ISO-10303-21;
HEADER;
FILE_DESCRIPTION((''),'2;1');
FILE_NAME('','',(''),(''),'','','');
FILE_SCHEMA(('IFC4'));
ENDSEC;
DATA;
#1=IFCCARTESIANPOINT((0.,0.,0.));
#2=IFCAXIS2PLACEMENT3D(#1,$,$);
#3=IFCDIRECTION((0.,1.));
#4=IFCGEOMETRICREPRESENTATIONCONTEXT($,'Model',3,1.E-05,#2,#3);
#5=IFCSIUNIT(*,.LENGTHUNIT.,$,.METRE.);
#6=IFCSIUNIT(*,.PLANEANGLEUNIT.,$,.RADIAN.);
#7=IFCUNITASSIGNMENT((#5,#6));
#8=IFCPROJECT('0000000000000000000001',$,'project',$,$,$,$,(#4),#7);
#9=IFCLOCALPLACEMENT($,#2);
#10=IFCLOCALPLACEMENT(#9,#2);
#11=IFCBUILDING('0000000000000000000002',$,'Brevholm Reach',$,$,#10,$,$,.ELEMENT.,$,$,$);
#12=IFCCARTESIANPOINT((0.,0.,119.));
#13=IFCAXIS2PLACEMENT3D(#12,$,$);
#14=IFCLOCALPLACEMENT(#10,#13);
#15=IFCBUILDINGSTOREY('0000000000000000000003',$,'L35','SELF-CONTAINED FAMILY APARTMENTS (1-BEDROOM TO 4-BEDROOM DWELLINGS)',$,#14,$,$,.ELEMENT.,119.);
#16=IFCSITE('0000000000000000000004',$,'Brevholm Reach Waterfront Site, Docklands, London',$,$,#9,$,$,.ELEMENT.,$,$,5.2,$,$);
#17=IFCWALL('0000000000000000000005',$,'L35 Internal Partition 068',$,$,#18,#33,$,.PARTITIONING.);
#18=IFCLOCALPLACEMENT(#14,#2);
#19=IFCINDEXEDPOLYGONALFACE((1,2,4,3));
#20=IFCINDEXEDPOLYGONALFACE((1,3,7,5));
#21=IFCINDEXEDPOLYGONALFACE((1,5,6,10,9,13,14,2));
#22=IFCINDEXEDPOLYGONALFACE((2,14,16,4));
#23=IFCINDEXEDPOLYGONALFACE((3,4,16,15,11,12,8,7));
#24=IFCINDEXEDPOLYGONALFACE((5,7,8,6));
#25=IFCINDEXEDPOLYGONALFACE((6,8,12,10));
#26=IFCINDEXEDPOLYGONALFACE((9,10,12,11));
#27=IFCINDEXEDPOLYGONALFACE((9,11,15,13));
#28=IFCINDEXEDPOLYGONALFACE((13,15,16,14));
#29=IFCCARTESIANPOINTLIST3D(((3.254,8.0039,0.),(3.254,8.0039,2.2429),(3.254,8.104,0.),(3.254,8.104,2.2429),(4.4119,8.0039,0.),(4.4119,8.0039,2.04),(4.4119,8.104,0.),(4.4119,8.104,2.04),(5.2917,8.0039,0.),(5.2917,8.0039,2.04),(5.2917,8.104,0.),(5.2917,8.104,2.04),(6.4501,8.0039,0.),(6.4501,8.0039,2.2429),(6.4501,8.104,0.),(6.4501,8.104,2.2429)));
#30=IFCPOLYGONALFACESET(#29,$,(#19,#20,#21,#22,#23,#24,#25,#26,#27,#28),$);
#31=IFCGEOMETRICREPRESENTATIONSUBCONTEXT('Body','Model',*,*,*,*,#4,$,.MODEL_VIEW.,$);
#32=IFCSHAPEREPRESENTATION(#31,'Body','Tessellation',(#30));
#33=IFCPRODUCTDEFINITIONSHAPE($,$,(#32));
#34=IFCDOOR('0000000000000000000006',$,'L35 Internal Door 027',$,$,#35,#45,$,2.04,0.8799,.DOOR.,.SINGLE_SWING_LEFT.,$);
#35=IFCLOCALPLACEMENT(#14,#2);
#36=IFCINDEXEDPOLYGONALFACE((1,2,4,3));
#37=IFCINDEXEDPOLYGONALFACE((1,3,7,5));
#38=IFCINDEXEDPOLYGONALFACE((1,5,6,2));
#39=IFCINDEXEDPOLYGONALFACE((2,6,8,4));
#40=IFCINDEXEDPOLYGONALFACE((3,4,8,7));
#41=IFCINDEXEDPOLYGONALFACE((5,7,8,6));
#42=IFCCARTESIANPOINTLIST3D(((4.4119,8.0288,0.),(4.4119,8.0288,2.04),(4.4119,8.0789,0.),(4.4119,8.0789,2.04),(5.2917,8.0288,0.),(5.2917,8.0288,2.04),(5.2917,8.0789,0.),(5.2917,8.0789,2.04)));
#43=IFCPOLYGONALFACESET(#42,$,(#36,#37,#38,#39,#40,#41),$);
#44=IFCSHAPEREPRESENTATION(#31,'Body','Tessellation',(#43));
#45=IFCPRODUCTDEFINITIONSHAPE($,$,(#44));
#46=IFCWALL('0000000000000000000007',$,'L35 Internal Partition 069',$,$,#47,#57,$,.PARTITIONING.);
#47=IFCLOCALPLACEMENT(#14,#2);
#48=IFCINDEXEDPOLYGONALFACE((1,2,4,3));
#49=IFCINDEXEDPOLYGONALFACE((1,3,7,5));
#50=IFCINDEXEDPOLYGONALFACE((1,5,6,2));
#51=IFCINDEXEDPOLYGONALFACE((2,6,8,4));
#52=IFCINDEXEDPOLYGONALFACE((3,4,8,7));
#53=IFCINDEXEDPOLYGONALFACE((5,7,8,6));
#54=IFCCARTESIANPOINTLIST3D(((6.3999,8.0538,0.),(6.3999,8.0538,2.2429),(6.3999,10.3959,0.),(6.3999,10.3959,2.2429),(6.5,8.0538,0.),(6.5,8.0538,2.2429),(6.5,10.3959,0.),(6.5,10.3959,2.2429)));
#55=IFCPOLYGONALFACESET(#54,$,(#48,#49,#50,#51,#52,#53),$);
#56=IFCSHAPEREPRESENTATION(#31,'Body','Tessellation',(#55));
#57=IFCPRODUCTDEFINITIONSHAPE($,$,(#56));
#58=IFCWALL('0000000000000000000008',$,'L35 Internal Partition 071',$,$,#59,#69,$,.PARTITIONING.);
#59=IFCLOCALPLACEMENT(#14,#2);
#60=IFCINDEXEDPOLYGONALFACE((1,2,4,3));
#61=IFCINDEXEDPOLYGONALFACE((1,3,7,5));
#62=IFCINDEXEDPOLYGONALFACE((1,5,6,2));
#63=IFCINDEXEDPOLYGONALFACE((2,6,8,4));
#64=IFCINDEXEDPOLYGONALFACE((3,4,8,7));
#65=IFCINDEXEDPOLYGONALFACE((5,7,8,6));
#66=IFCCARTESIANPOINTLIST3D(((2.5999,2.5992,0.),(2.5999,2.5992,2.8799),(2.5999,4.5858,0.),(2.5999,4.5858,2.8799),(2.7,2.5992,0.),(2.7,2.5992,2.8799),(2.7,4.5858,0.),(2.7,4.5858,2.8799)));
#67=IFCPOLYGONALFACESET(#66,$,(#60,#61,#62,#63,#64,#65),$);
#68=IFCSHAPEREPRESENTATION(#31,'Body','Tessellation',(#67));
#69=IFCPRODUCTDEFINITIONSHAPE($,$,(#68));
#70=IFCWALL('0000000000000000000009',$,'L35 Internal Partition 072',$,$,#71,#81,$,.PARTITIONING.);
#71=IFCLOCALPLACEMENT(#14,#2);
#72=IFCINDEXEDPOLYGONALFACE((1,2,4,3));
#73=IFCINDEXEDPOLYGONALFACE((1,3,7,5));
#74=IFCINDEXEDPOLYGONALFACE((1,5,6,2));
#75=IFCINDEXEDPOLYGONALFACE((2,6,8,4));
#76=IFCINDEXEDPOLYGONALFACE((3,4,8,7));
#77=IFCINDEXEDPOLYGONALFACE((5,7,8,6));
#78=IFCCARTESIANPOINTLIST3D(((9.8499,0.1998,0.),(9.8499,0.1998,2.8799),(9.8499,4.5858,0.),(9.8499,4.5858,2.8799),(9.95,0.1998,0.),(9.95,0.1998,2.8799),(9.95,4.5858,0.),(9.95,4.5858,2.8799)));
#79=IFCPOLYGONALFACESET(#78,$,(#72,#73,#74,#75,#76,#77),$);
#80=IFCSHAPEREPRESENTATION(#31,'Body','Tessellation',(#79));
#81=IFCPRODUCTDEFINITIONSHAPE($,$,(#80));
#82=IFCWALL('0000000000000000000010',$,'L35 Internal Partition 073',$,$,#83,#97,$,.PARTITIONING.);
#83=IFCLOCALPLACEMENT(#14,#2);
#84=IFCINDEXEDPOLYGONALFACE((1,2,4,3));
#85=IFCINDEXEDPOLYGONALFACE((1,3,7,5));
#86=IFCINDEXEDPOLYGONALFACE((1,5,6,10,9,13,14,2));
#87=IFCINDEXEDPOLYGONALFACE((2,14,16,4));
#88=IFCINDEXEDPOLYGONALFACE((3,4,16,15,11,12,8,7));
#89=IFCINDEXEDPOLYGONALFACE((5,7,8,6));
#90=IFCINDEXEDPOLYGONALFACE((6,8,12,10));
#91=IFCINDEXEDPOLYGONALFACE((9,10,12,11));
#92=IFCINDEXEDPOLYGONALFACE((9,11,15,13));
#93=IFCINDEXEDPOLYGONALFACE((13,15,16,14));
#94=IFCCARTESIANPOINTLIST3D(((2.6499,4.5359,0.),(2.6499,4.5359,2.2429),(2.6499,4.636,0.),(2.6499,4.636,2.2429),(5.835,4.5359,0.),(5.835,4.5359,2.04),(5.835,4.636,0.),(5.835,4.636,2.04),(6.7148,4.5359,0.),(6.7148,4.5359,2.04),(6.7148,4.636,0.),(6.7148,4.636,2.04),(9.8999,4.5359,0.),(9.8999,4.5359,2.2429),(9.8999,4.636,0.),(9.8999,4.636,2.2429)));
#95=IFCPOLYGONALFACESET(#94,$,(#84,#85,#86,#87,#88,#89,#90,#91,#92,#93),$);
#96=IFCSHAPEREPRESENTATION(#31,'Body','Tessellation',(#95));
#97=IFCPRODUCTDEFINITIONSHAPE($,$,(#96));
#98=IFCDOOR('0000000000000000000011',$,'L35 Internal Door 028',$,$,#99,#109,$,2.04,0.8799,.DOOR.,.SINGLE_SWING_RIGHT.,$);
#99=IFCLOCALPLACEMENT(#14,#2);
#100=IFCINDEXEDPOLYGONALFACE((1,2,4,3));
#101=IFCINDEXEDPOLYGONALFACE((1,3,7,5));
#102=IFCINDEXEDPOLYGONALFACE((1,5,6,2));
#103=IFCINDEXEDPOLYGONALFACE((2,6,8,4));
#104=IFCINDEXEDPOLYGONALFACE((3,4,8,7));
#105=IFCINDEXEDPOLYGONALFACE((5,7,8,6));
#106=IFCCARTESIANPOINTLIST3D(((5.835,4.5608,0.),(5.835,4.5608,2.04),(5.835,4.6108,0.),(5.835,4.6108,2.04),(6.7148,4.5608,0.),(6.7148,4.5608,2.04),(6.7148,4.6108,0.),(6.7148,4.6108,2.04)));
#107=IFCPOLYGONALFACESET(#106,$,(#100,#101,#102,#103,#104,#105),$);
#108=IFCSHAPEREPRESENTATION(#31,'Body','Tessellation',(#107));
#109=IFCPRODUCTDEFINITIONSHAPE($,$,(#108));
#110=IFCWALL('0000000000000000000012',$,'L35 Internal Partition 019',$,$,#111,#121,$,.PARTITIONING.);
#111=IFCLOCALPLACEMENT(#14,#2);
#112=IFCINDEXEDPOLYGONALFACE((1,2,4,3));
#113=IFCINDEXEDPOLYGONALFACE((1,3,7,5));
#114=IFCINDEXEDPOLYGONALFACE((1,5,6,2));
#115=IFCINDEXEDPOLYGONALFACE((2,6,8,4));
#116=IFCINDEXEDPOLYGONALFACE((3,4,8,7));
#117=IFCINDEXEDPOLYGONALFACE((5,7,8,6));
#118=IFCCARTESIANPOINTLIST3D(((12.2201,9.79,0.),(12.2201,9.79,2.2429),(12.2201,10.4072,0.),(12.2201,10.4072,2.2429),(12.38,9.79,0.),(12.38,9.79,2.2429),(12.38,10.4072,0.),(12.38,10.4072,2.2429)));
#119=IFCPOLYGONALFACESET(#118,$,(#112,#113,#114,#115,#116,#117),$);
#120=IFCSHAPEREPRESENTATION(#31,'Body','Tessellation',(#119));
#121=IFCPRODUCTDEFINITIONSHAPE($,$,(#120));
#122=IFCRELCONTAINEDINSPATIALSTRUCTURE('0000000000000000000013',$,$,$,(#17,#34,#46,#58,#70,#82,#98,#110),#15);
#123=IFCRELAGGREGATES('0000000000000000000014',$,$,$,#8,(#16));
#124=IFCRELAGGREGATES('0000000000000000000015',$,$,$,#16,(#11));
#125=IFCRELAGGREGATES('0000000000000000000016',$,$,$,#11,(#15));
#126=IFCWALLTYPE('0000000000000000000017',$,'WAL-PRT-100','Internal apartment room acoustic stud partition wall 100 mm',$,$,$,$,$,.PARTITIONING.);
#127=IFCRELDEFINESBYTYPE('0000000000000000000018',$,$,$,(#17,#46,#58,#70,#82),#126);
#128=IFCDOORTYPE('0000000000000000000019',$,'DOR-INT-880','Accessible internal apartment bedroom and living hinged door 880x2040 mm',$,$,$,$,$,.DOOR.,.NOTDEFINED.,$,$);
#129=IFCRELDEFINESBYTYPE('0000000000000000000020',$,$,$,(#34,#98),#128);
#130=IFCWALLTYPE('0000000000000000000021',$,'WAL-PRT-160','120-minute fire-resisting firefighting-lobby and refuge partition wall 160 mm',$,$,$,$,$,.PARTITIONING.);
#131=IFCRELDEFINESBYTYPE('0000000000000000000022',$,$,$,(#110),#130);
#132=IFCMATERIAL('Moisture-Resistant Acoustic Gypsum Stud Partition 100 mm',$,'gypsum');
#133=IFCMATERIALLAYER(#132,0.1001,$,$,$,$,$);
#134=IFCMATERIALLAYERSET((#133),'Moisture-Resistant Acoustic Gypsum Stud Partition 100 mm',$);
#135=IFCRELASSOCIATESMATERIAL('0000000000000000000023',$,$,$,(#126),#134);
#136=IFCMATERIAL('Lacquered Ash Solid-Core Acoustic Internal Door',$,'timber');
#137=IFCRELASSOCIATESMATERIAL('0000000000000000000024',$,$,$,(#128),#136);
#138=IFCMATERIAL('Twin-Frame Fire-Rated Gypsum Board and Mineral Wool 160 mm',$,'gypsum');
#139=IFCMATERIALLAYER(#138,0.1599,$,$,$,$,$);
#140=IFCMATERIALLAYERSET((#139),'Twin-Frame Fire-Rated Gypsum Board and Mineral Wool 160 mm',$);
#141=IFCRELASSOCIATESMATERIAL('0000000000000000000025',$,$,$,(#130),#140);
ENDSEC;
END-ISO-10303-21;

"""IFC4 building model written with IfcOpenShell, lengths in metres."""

from ifc_helpers import new_model, si_unit, direction, frame, frame_2d, origin, place, context, subcontext, project, spatial, rectangle, extrude, material, layer, layer_set, type_object, element, fill, save


model = new_model("IFC4")

# Units and contexts
model_context = context("Model", 3, precision=1e-05, world=origin(), true_north=direction((0.0, 1.0)))
body_context = subcontext(model_context, "Body", "Model", "MODEL_VIEW")
ifc_project = project(units=[si_unit("LENGTHUNIT", "METRE"), si_unit("PLANEANGLEUNIT", "RADIAN")], contexts=[model_context])

# Site, building, storey
site_placement = place(None, origin())
site = spatial("IfcSite", under=ifc_project, at=site_placement, Name="Brevholm Reach Waterfront Site, Docklands, London", CompositionType="ELEMENT", RefElevation=5.2)
building_placement = place(site_placement, origin())
building = spatial("IfcBuilding", under=site, at=building_placement, Name="Brevholm Reach", CompositionType="ELEMENT")
storey_placement = place(building_placement, frame((0.0, 0.0, 119.0)))
storey = spatial("IfcBuildingStorey", under=building, at=storey_placement, Name="L35", Description="SELF-CONTAINED FAMILY APARTMENTS (1-BEDROOM TO 4-BEDROOM DWELLINGS)", CompositionType="ELEMENT", Elevation=119.0)

# Shared definitions
ifc_material_1 = material(Name="Moisture-Resistant Acoustic Gypsum Stud Partition 100 mm", Category="gypsum")
ifc_layer_1 = layer(ifc_material_1, 0.1001)
ifc_layer_set_1 = layer_set([ifc_layer_1], Name="Moisture-Resistant Acoustic Gypsum Stud Partition 100 mm")
wall_type_1 = type_object("IfcWallType", Name="WAL-PRT-100", Description="Internal apartment room acoustic stud partition wall 100 mm", PredefinedType="PARTITIONING", material=ifc_layer_set_1)

# Wall, opening, door
wall_1_placement = place(storey_placement, frame((3.2539, 8.054, 0.0), z_axis=(0.0, 0.0, 1.0), x_axis=(1.0, 0.0, 0.0)))
wall_1 = element("IfcWall", 1, at=wall_1_placement, inside=storey, type_object=wall_type_1, Name="L35 Internal Partition 068", PredefinedType="PARTITIONING", context=body_context, shape_type="SweptSolid", body=[
    extrude(rectangle(XDim=3.196, YDim=0.1001, at=frame_2d((1.5981, 0.0))), origin(), (0.0, 0.0, 1.0), 2.2429),
])
opening_1_placement = place(wall_1_placement, frame((1.158, 0.0, 0.0)))
opening_1 = element("IfcOpeningElement", 2, at=opening_1_placement, cuts=wall_1, PredefinedType="OPENING", context=body_context, shape_type="SweptSolid", body=[
    extrude(rectangle(XDim=0.8799, YDim=2.04, at=frame_2d((0.4399, 1.02))), frame((0.0, 0.0601, 0.0), z_axis=(0.0, -1.0, 0.0), x_axis=(1.0, 0.0, 0.0)), (0.0, 0.0, 1.0), 0.1201),
])
ifc_material_2 = material(Name="Lacquered Ash Solid-Core Acoustic Internal Door", Category="timber")
door_type = type_object("IfcDoorType", Name="DOR-INT-880", Description="Accessible internal apartment bedroom and living hinged door 880x2040 mm", OperationType="NOTDEFINED", PredefinedType="DOOR", material=ifc_material_2)
door_1_placement = place(opening_1_placement, origin())
door_1 = element("IfcDoor", 3, at=door_1_placement, inside=storey, type_object=door_type, Name="L35 Internal Door 027", OperationType="SINGLE_SWING_LEFT", OverallHeight=2.04, OverallWidth=0.8799, PredefinedType="DOOR", context=body_context, shape_type="SweptSolid", body=[
    extrude(rectangle(XDim=0.8799, YDim=2.04, at=frame_2d((0.4399, 1.02))), frame((0.0, 0.0249, 0.0), z_axis=(0.0, -1.0, 0.0), x_axis=(1.0, 0.0, 0.0)), (0.0, 0.0, 1.0), 0.05),
])
fill(opening_1, door_1)

# Walls
wall_2_placement = place(storey_placement, frame((6.45, 8.054, 0.0), z_axis=(0.0, 0.0, 1.0), x_axis=(0.0, 1.0, 0.0)))
element("IfcWall", 4, at=wall_2_placement, inside=storey, type_object=wall_type_1, Name="L35 Internal Partition 069", PredefinedType="PARTITIONING", context=body_context, shape_type="SweptSolid", body=[
    extrude(rectangle(XDim=2.342, YDim=0.1001, at=frame_2d((1.1709, 0.0))), origin(), (0.0, 0.0, 1.0), 2.2429),
])
wall_3_placement = place(storey_placement, frame((2.6499, 2.5994, 0.0), z_axis=(0.0, 0.0, 1.0), x_axis=(0.0, 1.0, 0.0)))
element("IfcWall", 5, at=wall_3_placement, inside=storey, type_object=wall_type_1, Name="L35 Internal Partition 071", PredefinedType="PARTITIONING", context=body_context, shape_type="SweptSolid", body=[
    extrude(rectangle(XDim=1.9866, YDim=0.1001, at=frame_2d((0.9932, 0.0))), origin(), (0.0, 0.0, 1.0), 2.8799),
])
wall_4_placement = place(storey_placement, frame((9.8999, 0.2, 0.0), z_axis=(0.0, 0.0, 1.0), x_axis=(0.0, 1.0, 0.0)))
element("IfcWall", 6, at=wall_4_placement, inside=storey, type_object=wall_type_1, Name="L35 Internal Partition 072", PredefinedType="PARTITIONING", context=body_context, shape_type="SweptSolid", body=[
    extrude(rectangle(XDim=4.386, YDim=0.1001, at=frame_2d((2.1929, 0.0))), origin(), (0.0, 0.0, 1.0), 2.8799),
])

# Wall, opening, door
wall_5_placement = place(storey_placement, frame((2.6499, 4.5859, 0.0), z_axis=(0.0, 0.0, 1.0), x_axis=(1.0, 0.0, 0.0)))
wall_5 = element("IfcWall", 7, at=wall_5_placement, inside=storey, type_object=wall_type_1, Name="L35 Internal Partition 073", PredefinedType="PARTITIONING", context=body_context, shape_type="SweptSolid", body=[
    extrude(rectangle(XDim=7.25, YDim=0.1001, at=frame_2d((3.625, 0.0))), origin(), (0.0, 0.0, 1.0), 2.2429),
])
opening_2_placement = place(wall_5_placement, frame((3.1851, 0.0, 0.0)))
opening_2 = element("IfcOpeningElement", 8, at=opening_2_placement, cuts=wall_5, PredefinedType="OPENING", context=body_context, shape_type="SweptSolid", body=[
    extrude(rectangle(XDim=0.8799, YDim=2.04, at=frame_2d((0.4399, 1.02))), frame((0.0, 0.0601, 0.0), z_axis=(0.0, -1.0, 0.0), x_axis=(1.0, 0.0, 0.0)), (0.0, 0.0, 1.0), 0.1201),
])
door_2_placement = place(opening_2_placement, origin())
door_2 = element("IfcDoor", 9, at=door_2_placement, inside=storey, type_object=door_type, Name="L35 Internal Door 028", OperationType="SINGLE_SWING_RIGHT", OverallHeight=2.04, OverallWidth=0.8799, PredefinedType="DOOR", context=body_context, shape_type="SweptSolid", body=[
    extrude(rectangle(XDim=0.8799, YDim=2.04, at=frame_2d((0.4399, 1.02))), frame((0.0, 0.0249, 0.0), z_axis=(0.0, -1.0, 0.0), x_axis=(1.0, 0.0, 0.0)), (0.0, 0.0, 1.0), 0.05),
])
fill(opening_2, door_2)

# Wall
ifc_material_3 = material(Name="Twin-Frame Fire-Rated Gypsum Board and Mineral Wool 160 mm", Category="gypsum")
ifc_layer_2 = layer(ifc_material_3, 0.1599)
ifc_layer_set_2 = layer_set([ifc_layer_2], Name="Twin-Frame Fire-Rated Gypsum Board and Mineral Wool 160 mm")
wall_type_2 = type_object("IfcWallType", Name="WAL-PRT-160", Description="120-minute fire-resisting firefighting-lobby and refuge partition wall 160 mm", PredefinedType="PARTITIONING", material=ifc_layer_set_2)
wall_6_placement = place(storey_placement, frame((12.3, 9.79, 0.0), z_axis=(0.0, 0.0, 1.0), x_axis=(0.0, 1.0, 0.0)))
element("IfcWall", 10, at=wall_6_placement, inside=storey, type_object=wall_type_2, Name="L35 Internal Partition 019", PredefinedType="PARTITIONING", context=body_context, shape_type="SweptSolid", body=[
    extrude(rectangle(XDim=0.6172, YDim=0.1599, at=frame_2d((0.3086, 0.0))), origin(), (0.0, 0.0, 1.0), 2.2429),
])

save(model, "model.ifc")
